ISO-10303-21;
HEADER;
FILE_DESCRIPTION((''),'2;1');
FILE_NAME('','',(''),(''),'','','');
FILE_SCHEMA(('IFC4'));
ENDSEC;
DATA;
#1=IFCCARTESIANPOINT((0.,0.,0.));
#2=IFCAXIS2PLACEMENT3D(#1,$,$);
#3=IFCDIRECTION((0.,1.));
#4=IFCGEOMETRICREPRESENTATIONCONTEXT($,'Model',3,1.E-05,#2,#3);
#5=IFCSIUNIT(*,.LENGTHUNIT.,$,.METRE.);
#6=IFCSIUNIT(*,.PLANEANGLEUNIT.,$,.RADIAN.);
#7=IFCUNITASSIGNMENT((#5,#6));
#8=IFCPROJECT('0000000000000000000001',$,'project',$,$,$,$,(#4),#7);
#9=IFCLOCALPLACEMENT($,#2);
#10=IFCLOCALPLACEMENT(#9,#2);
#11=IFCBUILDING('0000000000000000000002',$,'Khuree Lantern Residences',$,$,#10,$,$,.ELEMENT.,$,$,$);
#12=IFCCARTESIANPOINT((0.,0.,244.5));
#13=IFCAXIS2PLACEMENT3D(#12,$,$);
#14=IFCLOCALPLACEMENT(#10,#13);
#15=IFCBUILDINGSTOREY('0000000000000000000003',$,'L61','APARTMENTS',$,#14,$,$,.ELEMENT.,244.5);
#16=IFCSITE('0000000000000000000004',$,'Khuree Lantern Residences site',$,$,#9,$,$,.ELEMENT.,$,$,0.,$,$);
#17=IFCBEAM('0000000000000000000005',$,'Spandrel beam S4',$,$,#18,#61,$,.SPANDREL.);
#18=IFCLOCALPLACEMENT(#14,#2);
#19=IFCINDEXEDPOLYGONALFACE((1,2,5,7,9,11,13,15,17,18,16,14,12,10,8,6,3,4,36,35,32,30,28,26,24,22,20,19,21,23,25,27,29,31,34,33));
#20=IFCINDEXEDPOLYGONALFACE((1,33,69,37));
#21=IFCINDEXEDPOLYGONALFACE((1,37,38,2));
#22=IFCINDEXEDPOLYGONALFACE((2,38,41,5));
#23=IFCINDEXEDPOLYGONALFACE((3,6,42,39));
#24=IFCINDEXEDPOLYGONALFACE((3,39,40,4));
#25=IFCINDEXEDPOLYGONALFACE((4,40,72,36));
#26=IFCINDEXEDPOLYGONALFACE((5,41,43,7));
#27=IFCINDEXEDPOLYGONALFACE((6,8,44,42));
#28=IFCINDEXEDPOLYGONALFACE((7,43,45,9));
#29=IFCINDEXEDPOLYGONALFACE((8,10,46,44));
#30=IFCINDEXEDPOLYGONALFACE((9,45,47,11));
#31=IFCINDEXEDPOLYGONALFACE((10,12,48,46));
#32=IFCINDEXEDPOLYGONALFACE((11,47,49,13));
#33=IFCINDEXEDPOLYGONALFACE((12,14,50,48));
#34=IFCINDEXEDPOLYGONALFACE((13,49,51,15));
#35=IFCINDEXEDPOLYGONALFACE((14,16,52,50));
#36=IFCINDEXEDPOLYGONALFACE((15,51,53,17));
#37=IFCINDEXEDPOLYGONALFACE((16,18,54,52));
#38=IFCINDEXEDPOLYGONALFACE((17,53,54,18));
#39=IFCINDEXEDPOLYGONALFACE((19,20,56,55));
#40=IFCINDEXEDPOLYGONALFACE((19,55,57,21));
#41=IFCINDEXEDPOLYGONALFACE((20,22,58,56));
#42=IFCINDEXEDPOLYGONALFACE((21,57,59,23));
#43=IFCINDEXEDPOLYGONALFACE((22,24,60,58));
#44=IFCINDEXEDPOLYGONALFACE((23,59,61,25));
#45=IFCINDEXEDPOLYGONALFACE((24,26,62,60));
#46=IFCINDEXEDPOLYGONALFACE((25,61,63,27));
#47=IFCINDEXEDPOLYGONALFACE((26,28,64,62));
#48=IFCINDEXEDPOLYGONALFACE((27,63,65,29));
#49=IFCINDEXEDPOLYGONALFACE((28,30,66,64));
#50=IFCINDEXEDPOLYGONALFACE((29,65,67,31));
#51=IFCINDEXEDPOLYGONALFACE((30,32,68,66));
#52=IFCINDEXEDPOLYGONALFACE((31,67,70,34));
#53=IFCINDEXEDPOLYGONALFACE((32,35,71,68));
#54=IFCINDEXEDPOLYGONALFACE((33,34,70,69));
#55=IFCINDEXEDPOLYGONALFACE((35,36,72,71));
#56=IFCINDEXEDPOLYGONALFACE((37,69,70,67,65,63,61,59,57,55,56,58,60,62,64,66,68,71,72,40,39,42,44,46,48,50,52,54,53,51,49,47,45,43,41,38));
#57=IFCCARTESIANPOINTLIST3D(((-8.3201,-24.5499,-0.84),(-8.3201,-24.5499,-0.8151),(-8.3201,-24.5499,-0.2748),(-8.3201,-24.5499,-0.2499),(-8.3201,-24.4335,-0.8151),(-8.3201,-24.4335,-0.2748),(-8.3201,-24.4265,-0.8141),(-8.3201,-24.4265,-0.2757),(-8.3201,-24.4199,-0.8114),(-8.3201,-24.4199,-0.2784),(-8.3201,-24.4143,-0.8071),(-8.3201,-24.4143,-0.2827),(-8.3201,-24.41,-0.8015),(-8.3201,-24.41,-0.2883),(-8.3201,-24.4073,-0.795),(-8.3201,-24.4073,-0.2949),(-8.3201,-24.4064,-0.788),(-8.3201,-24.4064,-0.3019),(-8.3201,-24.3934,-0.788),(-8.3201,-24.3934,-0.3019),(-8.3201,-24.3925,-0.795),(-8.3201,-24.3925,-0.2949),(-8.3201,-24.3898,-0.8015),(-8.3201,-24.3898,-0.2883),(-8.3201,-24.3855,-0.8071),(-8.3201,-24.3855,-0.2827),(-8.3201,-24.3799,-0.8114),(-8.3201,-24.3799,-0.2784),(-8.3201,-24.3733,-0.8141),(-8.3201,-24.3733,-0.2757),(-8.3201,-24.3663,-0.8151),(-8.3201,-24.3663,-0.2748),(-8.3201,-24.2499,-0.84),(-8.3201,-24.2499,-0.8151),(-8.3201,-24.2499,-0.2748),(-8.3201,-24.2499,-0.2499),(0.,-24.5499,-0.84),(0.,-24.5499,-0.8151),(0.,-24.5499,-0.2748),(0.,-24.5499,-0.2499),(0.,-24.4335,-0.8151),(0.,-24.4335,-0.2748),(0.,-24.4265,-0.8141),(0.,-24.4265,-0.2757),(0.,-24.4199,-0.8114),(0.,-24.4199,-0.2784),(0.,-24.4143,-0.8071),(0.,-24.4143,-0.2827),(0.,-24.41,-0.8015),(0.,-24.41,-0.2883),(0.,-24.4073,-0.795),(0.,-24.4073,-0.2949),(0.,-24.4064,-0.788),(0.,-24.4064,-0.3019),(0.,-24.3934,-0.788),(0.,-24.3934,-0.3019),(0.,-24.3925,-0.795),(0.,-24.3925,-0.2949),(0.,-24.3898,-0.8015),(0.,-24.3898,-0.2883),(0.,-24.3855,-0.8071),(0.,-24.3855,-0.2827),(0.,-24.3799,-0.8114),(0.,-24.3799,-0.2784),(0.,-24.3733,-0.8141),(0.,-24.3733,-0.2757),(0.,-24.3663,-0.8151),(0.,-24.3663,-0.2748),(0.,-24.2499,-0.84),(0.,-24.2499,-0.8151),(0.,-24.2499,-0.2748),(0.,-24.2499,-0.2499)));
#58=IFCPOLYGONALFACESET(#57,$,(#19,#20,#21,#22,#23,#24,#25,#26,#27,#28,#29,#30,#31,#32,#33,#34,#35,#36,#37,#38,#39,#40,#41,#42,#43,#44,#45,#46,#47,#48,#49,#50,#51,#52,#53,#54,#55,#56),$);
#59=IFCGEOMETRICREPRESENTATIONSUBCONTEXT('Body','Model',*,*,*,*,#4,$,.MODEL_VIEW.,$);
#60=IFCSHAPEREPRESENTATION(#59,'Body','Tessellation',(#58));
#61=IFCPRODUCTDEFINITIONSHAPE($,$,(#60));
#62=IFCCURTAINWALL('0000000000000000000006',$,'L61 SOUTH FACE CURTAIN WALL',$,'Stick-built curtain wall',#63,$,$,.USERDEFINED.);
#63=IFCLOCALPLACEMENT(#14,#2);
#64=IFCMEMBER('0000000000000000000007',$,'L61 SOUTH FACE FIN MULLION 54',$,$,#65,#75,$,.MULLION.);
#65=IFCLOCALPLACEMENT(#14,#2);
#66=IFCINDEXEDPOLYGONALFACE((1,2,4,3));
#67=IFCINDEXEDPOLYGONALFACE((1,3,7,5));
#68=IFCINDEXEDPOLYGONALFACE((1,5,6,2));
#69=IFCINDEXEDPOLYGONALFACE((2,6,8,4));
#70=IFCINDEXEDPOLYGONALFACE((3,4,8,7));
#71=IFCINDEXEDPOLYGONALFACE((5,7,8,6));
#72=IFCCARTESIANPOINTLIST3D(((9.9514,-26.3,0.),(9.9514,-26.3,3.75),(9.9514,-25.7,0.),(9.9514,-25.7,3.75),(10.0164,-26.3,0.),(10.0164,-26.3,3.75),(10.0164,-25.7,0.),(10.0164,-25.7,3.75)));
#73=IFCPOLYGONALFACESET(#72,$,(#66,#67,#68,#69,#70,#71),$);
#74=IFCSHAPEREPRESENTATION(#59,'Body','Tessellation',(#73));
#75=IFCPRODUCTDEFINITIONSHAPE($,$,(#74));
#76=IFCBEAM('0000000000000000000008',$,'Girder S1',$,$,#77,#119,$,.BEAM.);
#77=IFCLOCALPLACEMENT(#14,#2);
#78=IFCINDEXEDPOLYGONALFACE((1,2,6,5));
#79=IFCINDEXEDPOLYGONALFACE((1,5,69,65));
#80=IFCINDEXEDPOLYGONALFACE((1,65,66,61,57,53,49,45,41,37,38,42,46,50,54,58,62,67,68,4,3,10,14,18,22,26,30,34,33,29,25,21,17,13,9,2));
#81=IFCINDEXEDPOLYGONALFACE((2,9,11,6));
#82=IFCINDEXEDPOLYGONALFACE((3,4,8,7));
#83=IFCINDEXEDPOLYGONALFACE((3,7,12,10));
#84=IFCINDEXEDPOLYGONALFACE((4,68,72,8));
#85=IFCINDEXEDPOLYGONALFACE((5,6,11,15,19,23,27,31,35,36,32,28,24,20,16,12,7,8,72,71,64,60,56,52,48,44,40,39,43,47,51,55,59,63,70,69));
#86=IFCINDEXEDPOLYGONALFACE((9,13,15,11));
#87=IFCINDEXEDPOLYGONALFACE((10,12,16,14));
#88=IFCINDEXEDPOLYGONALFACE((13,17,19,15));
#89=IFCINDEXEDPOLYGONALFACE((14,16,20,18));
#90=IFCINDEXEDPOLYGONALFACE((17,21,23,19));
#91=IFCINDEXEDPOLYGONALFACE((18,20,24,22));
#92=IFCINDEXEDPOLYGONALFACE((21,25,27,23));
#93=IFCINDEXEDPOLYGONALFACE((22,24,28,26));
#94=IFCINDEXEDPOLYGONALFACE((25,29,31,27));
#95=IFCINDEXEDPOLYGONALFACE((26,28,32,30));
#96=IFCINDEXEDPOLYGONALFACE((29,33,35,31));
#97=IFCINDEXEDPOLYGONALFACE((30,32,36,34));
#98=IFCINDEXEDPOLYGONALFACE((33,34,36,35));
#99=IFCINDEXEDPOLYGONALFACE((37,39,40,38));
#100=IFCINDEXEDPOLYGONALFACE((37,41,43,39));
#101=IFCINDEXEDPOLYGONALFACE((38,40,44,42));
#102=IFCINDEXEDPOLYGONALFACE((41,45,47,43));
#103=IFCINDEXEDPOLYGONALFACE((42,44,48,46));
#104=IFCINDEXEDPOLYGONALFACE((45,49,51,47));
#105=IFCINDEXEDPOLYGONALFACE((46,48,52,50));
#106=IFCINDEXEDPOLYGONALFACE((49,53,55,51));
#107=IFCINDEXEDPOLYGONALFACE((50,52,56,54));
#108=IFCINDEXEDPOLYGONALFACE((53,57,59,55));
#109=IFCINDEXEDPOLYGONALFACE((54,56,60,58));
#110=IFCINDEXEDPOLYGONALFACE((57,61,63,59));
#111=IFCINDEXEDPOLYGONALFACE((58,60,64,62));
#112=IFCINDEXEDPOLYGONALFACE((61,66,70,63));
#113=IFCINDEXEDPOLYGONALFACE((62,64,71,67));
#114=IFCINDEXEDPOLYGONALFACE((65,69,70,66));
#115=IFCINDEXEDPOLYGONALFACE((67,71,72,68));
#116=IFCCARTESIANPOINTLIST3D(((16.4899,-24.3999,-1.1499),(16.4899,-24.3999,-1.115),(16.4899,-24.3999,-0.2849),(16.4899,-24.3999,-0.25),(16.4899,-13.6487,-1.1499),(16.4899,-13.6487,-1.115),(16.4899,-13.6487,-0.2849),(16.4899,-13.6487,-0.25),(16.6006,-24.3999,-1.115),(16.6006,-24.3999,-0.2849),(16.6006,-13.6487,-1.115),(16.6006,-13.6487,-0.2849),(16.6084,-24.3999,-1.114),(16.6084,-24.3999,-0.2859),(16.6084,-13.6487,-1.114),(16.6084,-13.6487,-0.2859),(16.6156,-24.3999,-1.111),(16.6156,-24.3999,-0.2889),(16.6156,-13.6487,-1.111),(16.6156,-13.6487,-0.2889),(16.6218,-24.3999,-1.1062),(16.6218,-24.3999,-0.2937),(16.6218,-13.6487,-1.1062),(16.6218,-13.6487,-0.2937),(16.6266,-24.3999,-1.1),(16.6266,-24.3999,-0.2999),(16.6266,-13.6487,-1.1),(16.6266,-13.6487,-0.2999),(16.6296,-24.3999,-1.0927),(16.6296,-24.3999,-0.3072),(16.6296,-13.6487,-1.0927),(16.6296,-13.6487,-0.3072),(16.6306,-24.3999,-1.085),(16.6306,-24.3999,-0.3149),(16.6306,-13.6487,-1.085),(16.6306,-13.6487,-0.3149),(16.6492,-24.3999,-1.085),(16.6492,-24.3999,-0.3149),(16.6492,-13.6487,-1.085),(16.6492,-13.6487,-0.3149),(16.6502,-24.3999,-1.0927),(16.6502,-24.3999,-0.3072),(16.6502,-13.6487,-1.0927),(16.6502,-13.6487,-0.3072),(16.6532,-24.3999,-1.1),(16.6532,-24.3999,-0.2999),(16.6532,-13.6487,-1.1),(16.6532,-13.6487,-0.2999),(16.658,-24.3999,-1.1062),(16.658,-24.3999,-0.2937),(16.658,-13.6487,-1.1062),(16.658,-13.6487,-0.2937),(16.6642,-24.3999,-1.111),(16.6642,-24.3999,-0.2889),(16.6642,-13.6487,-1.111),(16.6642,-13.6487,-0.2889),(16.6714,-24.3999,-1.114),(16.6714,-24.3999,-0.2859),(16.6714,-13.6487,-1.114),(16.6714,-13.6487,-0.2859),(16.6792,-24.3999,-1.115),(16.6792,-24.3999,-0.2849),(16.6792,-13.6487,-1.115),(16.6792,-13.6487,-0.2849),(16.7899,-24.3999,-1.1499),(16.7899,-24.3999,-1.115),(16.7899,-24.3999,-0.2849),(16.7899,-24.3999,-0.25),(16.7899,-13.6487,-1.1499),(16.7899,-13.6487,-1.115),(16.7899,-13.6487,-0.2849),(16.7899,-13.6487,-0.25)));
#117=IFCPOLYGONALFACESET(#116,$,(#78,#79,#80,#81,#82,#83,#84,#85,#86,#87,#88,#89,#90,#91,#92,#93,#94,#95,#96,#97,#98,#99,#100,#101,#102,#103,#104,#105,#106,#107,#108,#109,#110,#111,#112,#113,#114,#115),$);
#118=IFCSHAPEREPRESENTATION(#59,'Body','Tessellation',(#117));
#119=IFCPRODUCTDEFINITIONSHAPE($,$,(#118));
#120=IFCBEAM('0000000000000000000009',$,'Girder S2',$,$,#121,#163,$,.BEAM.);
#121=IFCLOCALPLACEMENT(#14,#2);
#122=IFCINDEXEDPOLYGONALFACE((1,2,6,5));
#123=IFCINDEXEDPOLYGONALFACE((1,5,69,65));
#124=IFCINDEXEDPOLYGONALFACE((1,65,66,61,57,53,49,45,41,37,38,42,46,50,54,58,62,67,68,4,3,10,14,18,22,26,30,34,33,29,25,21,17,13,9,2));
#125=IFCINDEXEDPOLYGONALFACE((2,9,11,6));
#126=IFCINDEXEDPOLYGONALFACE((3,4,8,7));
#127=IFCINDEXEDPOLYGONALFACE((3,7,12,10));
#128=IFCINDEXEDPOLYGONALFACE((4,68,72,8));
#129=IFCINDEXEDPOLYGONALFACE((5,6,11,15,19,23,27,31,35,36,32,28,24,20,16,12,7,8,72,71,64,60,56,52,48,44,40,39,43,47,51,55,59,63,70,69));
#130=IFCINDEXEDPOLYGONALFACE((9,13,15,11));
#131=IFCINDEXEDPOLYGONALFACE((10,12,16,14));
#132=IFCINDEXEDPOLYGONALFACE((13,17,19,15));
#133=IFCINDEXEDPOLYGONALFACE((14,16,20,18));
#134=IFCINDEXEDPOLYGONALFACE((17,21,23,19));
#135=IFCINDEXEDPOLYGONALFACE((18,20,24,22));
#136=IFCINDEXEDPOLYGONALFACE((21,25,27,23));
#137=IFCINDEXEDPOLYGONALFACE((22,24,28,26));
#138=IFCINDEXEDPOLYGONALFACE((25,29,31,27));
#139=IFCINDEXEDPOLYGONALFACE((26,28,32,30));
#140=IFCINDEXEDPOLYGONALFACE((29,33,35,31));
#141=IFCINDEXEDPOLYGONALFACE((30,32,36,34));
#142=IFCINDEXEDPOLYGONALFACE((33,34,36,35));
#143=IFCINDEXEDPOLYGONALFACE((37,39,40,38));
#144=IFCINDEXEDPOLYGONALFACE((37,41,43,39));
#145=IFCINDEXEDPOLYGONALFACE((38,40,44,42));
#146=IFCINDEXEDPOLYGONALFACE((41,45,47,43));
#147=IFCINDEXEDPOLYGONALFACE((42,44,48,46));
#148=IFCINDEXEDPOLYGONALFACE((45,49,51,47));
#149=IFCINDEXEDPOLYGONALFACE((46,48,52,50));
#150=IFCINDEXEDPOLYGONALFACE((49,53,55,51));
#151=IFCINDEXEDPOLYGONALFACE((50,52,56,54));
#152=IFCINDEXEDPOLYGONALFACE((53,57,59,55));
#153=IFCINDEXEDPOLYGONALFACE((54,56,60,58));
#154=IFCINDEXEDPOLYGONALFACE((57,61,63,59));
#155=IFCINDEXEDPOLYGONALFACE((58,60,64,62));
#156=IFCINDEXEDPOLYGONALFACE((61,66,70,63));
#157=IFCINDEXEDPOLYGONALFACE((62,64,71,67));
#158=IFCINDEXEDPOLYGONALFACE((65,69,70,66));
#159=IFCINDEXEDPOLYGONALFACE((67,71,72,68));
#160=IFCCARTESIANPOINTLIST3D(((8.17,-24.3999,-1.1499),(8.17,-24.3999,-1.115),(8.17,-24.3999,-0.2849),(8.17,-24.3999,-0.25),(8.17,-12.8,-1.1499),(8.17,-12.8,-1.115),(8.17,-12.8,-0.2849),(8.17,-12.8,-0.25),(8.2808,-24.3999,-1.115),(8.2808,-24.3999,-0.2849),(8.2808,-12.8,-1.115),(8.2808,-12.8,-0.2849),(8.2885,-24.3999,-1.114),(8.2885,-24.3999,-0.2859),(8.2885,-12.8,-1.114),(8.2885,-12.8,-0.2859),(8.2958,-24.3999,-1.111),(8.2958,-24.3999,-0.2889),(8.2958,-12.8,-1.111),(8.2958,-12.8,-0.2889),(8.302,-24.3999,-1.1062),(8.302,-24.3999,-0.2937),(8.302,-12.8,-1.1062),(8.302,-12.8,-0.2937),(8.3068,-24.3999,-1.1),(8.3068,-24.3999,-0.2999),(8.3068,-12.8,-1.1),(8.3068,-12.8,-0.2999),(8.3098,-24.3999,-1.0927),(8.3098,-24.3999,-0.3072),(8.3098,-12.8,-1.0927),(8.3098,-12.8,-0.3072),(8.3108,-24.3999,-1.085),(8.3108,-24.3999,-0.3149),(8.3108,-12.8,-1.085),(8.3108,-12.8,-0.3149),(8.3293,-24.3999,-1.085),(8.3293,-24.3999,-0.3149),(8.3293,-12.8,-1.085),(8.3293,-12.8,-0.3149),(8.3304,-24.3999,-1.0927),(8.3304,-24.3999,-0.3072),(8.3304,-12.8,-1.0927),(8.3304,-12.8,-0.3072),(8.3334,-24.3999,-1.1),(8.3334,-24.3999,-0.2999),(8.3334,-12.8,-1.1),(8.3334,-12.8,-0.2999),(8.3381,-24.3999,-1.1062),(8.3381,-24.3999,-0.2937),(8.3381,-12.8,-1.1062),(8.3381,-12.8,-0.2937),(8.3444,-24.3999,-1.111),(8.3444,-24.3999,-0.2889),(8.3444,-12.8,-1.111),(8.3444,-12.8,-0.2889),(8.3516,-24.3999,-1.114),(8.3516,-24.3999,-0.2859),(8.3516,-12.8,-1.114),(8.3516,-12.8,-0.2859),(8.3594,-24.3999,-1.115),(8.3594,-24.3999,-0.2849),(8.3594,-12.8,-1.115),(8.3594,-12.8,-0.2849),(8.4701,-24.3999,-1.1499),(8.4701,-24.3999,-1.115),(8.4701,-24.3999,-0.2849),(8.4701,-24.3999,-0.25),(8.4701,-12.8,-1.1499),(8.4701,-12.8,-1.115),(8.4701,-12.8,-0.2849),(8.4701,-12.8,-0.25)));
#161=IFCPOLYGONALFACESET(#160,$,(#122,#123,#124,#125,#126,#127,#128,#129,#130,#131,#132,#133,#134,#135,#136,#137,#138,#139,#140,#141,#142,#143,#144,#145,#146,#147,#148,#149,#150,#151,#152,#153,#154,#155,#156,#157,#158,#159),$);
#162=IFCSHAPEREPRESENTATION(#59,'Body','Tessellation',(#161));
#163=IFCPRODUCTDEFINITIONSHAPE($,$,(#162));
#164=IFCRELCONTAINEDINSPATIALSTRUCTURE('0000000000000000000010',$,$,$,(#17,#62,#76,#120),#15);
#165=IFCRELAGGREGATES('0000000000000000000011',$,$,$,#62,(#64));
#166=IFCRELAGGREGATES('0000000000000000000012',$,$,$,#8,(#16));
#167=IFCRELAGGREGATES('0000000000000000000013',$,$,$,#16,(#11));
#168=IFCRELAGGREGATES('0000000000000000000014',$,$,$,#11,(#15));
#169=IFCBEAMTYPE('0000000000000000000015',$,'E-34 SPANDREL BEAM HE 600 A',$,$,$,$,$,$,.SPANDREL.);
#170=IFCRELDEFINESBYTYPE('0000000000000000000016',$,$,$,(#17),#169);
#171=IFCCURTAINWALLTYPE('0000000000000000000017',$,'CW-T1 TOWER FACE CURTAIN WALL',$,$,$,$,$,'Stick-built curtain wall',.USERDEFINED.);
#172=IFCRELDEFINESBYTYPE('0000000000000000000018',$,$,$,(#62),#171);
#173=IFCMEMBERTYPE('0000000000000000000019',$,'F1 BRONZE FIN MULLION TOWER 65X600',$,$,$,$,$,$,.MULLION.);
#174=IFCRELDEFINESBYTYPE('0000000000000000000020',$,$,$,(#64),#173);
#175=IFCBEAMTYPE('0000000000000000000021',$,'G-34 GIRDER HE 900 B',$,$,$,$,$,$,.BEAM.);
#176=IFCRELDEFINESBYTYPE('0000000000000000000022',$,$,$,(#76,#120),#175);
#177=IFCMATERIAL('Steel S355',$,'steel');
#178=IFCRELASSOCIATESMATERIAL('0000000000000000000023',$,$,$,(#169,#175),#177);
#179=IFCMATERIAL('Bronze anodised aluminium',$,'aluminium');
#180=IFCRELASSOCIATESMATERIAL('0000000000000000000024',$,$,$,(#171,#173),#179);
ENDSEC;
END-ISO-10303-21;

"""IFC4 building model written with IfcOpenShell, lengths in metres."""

from ifc_helpers import new_model, si_unit, direction, frame, origin, origin_2d, place, context, subcontext, project, spatial, rectangle, i_section, extrude, material, material_profile, profile_set, type_object, element, aggregate, save


model = new_model("IFC4")

# Units and contexts
model_context = context("Model", 3, precision=1e-05, world=origin(), true_north=direction((0.0, 1.0)))
body_context = subcontext(model_context, "Body", "Model", "MODEL_VIEW")
ifc_project = project(units=[si_unit("LENGTHUNIT", "METRE"), si_unit("PLANEANGLEUNIT", "RADIAN")], contexts=[model_context])

# Site, building, storey
site_placement = place(None, origin())
site = spatial("IfcSite", under=ifc_project, at=site_placement, Name="Khuree Lantern Residences site", CompositionType="ELEMENT", RefElevation=0.0)
building_placement = place(site_placement, origin())
building = spatial("IfcBuilding", under=site, at=building_placement, Name="Khuree Lantern Residences", CompositionType="ELEMENT")
storey_placement = place(building_placement, frame((0.0, 0.0, 244.5)))
storey = spatial("IfcBuildingStorey", under=building, at=storey_placement, Name="L61", Description="APARTMENTS", CompositionType="ELEMENT", Elevation=244.5)

# Beam
ifc_material_1 = material(Name="Steel S355", Category="steel")
ifc_material_profile_1 = material_profile(ifc_material_1, i_section(OverallWidth=0.3, OverallDepth=0.5901, WebThickness=0.0129, FlangeThickness=0.0249, FilletRadius=0.0271, at=origin_2d()), Name="HE 600 A")
ifc_profile_set_1 = profile_set([ifc_material_profile_1], Name="Steel S355")
beam_type_1 = type_object("IfcBeamType", Name="E-34 SPANDREL BEAM HE 600 A", PredefinedType="SPANDREL", material=ifc_profile_set_1)
for number, where, z_axis, x_axis, name in (
    (1, (0.0, -24.3999, -0.5449), (-1.0, 0.0, 0.0), (0.0, -1.0, 0.0), "Spandrel beam S4"),
):
    element("IfcBeam", number, at=place(storey_placement, frame(where, z_axis=z_axis, x_axis=x_axis)), inside=storey, type_object=beam_type_1, Name=name, PredefinedType="SPANDREL", context=body_context, shape_type="SweptSolid", body=[
        extrude(i_section(OverallWidth=0.3, OverallDepth=0.5901, WebThickness=0.0129, FlangeThickness=0.0249, FilletRadius=0.0271, at=origin_2d()), origin(), (0.0, 0.0, 1.0), 8.3201),
    ])

# Curtain wall, member
ifc_material_2 = material(Name="Bronze anodised aluminium", Category="aluminium")
curtain_wall_type = type_object("IfcCurtainWallType", Name="CW-T1 TOWER FACE CURTAIN WALL", ElementType="Stick-built curtain wall", PredefinedType="USERDEFINED", material=ifc_material_2)
curtain_wall_placement = place(storey_placement, origin())
curtain_wall = element("IfcCurtainWall", 2, at=curtain_wall_placement, inside=storey, type_object=curtain_wall_type, Name="L61 SOUTH FACE CURTAIN WALL", ObjectType="Stick-built curtain wall", PredefinedType="USERDEFINED")
ifc_material_profile_2 = material_profile(ifc_material_2, rectangle(XDim=0.0649, YDim=0.6001, at=origin_2d()), Name="F1 65X600")
ifc_profile_set_2 = profile_set([ifc_material_profile_2], Name="Bronze anodised aluminium")
member_type_1 = type_object("IfcMemberType", Name="F1 BRONZE FIN MULLION TOWER 65X600", PredefinedType="MULLION", material=ifc_profile_set_2)
member_1_placement = place(storey_placement, frame((9.9839, -26.0, 0.0), z_axis=(0.0, 0.0, 1.0), x_axis=(1.0, 0.0, 0.0)))
member_1 = element("IfcMember", 3, at=member_1_placement, type_object=member_type_1, Name="L61 SOUTH FACE FIN MULLION 54", PredefinedType="MULLION", context=body_context, shape_type="SweptSolid", body=[
    extrude(rectangle(XDim=0.0649, YDim=0.6001, at=origin_2d()), origin(), (0.0, 0.0, 1.0), 3.75),
])

# Beams
ifc_material_profile_3 = material_profile(ifc_material_1, i_section(OverallWidth=0.3, OverallDepth=0.8999, WebThickness=0.0186, FlangeThickness=0.0349, FilletRadius=0.03, at=origin_2d()), Name="HE 900 B")
ifc_profile_set_3 = profile_set([ifc_material_profile_3], Name="Steel S355")
beam_type_2 = type_object("IfcBeamType", Name="G-34 GIRDER HE 900 B", PredefinedType="BEAM", material=ifc_profile_set_3)
beam_placement = place(storey_placement, frame((16.6399, -24.3999, -0.7), z_axis=(0.0, 1.0, 0.0), x_axis=(-1.0, 0.0, 0.0)))
element("IfcBeam", 4, at=beam_placement, inside=storey, type_object=beam_type_2, Name="Girder S1", PredefinedType="BEAM", context=body_context, shape_type="SweptSolid", body=[
    extrude(i_section(OverallWidth=0.3, OverallDepth=0.8999, WebThickness=0.0186, FlangeThickness=0.0349, FilletRadius=0.03, at=origin_2d()), origin(), (0.0, 0.0, 1.0), 10.7512),
])
for number, where, z_axis, x_axis, name in (
    (5, (8.3201, -24.3999, -0.7), (0.0, 1.0, 0.0), (-1.0, 0.0, 0.0), "Girder S2"),
):
    element("IfcBeam", number, at=place(storey_placement, frame(where, z_axis=z_axis, x_axis=x_axis)), inside=storey, type_object=beam_type_2, Name=name, PredefinedType="BEAM", context=body_context, shape_type="SweptSolid", body=[
        extrude(i_section(OverallWidth=0.3, OverallDepth=0.8999, WebThickness=0.0186, FlangeThickness=0.0349, FilletRadius=0.03, at=origin_2d()), origin(), (0.0, 0.0, 1.0), 11.5999),
    ])

aggregate(curtain_wall, [member_1])

save(model, "model.ifc")
